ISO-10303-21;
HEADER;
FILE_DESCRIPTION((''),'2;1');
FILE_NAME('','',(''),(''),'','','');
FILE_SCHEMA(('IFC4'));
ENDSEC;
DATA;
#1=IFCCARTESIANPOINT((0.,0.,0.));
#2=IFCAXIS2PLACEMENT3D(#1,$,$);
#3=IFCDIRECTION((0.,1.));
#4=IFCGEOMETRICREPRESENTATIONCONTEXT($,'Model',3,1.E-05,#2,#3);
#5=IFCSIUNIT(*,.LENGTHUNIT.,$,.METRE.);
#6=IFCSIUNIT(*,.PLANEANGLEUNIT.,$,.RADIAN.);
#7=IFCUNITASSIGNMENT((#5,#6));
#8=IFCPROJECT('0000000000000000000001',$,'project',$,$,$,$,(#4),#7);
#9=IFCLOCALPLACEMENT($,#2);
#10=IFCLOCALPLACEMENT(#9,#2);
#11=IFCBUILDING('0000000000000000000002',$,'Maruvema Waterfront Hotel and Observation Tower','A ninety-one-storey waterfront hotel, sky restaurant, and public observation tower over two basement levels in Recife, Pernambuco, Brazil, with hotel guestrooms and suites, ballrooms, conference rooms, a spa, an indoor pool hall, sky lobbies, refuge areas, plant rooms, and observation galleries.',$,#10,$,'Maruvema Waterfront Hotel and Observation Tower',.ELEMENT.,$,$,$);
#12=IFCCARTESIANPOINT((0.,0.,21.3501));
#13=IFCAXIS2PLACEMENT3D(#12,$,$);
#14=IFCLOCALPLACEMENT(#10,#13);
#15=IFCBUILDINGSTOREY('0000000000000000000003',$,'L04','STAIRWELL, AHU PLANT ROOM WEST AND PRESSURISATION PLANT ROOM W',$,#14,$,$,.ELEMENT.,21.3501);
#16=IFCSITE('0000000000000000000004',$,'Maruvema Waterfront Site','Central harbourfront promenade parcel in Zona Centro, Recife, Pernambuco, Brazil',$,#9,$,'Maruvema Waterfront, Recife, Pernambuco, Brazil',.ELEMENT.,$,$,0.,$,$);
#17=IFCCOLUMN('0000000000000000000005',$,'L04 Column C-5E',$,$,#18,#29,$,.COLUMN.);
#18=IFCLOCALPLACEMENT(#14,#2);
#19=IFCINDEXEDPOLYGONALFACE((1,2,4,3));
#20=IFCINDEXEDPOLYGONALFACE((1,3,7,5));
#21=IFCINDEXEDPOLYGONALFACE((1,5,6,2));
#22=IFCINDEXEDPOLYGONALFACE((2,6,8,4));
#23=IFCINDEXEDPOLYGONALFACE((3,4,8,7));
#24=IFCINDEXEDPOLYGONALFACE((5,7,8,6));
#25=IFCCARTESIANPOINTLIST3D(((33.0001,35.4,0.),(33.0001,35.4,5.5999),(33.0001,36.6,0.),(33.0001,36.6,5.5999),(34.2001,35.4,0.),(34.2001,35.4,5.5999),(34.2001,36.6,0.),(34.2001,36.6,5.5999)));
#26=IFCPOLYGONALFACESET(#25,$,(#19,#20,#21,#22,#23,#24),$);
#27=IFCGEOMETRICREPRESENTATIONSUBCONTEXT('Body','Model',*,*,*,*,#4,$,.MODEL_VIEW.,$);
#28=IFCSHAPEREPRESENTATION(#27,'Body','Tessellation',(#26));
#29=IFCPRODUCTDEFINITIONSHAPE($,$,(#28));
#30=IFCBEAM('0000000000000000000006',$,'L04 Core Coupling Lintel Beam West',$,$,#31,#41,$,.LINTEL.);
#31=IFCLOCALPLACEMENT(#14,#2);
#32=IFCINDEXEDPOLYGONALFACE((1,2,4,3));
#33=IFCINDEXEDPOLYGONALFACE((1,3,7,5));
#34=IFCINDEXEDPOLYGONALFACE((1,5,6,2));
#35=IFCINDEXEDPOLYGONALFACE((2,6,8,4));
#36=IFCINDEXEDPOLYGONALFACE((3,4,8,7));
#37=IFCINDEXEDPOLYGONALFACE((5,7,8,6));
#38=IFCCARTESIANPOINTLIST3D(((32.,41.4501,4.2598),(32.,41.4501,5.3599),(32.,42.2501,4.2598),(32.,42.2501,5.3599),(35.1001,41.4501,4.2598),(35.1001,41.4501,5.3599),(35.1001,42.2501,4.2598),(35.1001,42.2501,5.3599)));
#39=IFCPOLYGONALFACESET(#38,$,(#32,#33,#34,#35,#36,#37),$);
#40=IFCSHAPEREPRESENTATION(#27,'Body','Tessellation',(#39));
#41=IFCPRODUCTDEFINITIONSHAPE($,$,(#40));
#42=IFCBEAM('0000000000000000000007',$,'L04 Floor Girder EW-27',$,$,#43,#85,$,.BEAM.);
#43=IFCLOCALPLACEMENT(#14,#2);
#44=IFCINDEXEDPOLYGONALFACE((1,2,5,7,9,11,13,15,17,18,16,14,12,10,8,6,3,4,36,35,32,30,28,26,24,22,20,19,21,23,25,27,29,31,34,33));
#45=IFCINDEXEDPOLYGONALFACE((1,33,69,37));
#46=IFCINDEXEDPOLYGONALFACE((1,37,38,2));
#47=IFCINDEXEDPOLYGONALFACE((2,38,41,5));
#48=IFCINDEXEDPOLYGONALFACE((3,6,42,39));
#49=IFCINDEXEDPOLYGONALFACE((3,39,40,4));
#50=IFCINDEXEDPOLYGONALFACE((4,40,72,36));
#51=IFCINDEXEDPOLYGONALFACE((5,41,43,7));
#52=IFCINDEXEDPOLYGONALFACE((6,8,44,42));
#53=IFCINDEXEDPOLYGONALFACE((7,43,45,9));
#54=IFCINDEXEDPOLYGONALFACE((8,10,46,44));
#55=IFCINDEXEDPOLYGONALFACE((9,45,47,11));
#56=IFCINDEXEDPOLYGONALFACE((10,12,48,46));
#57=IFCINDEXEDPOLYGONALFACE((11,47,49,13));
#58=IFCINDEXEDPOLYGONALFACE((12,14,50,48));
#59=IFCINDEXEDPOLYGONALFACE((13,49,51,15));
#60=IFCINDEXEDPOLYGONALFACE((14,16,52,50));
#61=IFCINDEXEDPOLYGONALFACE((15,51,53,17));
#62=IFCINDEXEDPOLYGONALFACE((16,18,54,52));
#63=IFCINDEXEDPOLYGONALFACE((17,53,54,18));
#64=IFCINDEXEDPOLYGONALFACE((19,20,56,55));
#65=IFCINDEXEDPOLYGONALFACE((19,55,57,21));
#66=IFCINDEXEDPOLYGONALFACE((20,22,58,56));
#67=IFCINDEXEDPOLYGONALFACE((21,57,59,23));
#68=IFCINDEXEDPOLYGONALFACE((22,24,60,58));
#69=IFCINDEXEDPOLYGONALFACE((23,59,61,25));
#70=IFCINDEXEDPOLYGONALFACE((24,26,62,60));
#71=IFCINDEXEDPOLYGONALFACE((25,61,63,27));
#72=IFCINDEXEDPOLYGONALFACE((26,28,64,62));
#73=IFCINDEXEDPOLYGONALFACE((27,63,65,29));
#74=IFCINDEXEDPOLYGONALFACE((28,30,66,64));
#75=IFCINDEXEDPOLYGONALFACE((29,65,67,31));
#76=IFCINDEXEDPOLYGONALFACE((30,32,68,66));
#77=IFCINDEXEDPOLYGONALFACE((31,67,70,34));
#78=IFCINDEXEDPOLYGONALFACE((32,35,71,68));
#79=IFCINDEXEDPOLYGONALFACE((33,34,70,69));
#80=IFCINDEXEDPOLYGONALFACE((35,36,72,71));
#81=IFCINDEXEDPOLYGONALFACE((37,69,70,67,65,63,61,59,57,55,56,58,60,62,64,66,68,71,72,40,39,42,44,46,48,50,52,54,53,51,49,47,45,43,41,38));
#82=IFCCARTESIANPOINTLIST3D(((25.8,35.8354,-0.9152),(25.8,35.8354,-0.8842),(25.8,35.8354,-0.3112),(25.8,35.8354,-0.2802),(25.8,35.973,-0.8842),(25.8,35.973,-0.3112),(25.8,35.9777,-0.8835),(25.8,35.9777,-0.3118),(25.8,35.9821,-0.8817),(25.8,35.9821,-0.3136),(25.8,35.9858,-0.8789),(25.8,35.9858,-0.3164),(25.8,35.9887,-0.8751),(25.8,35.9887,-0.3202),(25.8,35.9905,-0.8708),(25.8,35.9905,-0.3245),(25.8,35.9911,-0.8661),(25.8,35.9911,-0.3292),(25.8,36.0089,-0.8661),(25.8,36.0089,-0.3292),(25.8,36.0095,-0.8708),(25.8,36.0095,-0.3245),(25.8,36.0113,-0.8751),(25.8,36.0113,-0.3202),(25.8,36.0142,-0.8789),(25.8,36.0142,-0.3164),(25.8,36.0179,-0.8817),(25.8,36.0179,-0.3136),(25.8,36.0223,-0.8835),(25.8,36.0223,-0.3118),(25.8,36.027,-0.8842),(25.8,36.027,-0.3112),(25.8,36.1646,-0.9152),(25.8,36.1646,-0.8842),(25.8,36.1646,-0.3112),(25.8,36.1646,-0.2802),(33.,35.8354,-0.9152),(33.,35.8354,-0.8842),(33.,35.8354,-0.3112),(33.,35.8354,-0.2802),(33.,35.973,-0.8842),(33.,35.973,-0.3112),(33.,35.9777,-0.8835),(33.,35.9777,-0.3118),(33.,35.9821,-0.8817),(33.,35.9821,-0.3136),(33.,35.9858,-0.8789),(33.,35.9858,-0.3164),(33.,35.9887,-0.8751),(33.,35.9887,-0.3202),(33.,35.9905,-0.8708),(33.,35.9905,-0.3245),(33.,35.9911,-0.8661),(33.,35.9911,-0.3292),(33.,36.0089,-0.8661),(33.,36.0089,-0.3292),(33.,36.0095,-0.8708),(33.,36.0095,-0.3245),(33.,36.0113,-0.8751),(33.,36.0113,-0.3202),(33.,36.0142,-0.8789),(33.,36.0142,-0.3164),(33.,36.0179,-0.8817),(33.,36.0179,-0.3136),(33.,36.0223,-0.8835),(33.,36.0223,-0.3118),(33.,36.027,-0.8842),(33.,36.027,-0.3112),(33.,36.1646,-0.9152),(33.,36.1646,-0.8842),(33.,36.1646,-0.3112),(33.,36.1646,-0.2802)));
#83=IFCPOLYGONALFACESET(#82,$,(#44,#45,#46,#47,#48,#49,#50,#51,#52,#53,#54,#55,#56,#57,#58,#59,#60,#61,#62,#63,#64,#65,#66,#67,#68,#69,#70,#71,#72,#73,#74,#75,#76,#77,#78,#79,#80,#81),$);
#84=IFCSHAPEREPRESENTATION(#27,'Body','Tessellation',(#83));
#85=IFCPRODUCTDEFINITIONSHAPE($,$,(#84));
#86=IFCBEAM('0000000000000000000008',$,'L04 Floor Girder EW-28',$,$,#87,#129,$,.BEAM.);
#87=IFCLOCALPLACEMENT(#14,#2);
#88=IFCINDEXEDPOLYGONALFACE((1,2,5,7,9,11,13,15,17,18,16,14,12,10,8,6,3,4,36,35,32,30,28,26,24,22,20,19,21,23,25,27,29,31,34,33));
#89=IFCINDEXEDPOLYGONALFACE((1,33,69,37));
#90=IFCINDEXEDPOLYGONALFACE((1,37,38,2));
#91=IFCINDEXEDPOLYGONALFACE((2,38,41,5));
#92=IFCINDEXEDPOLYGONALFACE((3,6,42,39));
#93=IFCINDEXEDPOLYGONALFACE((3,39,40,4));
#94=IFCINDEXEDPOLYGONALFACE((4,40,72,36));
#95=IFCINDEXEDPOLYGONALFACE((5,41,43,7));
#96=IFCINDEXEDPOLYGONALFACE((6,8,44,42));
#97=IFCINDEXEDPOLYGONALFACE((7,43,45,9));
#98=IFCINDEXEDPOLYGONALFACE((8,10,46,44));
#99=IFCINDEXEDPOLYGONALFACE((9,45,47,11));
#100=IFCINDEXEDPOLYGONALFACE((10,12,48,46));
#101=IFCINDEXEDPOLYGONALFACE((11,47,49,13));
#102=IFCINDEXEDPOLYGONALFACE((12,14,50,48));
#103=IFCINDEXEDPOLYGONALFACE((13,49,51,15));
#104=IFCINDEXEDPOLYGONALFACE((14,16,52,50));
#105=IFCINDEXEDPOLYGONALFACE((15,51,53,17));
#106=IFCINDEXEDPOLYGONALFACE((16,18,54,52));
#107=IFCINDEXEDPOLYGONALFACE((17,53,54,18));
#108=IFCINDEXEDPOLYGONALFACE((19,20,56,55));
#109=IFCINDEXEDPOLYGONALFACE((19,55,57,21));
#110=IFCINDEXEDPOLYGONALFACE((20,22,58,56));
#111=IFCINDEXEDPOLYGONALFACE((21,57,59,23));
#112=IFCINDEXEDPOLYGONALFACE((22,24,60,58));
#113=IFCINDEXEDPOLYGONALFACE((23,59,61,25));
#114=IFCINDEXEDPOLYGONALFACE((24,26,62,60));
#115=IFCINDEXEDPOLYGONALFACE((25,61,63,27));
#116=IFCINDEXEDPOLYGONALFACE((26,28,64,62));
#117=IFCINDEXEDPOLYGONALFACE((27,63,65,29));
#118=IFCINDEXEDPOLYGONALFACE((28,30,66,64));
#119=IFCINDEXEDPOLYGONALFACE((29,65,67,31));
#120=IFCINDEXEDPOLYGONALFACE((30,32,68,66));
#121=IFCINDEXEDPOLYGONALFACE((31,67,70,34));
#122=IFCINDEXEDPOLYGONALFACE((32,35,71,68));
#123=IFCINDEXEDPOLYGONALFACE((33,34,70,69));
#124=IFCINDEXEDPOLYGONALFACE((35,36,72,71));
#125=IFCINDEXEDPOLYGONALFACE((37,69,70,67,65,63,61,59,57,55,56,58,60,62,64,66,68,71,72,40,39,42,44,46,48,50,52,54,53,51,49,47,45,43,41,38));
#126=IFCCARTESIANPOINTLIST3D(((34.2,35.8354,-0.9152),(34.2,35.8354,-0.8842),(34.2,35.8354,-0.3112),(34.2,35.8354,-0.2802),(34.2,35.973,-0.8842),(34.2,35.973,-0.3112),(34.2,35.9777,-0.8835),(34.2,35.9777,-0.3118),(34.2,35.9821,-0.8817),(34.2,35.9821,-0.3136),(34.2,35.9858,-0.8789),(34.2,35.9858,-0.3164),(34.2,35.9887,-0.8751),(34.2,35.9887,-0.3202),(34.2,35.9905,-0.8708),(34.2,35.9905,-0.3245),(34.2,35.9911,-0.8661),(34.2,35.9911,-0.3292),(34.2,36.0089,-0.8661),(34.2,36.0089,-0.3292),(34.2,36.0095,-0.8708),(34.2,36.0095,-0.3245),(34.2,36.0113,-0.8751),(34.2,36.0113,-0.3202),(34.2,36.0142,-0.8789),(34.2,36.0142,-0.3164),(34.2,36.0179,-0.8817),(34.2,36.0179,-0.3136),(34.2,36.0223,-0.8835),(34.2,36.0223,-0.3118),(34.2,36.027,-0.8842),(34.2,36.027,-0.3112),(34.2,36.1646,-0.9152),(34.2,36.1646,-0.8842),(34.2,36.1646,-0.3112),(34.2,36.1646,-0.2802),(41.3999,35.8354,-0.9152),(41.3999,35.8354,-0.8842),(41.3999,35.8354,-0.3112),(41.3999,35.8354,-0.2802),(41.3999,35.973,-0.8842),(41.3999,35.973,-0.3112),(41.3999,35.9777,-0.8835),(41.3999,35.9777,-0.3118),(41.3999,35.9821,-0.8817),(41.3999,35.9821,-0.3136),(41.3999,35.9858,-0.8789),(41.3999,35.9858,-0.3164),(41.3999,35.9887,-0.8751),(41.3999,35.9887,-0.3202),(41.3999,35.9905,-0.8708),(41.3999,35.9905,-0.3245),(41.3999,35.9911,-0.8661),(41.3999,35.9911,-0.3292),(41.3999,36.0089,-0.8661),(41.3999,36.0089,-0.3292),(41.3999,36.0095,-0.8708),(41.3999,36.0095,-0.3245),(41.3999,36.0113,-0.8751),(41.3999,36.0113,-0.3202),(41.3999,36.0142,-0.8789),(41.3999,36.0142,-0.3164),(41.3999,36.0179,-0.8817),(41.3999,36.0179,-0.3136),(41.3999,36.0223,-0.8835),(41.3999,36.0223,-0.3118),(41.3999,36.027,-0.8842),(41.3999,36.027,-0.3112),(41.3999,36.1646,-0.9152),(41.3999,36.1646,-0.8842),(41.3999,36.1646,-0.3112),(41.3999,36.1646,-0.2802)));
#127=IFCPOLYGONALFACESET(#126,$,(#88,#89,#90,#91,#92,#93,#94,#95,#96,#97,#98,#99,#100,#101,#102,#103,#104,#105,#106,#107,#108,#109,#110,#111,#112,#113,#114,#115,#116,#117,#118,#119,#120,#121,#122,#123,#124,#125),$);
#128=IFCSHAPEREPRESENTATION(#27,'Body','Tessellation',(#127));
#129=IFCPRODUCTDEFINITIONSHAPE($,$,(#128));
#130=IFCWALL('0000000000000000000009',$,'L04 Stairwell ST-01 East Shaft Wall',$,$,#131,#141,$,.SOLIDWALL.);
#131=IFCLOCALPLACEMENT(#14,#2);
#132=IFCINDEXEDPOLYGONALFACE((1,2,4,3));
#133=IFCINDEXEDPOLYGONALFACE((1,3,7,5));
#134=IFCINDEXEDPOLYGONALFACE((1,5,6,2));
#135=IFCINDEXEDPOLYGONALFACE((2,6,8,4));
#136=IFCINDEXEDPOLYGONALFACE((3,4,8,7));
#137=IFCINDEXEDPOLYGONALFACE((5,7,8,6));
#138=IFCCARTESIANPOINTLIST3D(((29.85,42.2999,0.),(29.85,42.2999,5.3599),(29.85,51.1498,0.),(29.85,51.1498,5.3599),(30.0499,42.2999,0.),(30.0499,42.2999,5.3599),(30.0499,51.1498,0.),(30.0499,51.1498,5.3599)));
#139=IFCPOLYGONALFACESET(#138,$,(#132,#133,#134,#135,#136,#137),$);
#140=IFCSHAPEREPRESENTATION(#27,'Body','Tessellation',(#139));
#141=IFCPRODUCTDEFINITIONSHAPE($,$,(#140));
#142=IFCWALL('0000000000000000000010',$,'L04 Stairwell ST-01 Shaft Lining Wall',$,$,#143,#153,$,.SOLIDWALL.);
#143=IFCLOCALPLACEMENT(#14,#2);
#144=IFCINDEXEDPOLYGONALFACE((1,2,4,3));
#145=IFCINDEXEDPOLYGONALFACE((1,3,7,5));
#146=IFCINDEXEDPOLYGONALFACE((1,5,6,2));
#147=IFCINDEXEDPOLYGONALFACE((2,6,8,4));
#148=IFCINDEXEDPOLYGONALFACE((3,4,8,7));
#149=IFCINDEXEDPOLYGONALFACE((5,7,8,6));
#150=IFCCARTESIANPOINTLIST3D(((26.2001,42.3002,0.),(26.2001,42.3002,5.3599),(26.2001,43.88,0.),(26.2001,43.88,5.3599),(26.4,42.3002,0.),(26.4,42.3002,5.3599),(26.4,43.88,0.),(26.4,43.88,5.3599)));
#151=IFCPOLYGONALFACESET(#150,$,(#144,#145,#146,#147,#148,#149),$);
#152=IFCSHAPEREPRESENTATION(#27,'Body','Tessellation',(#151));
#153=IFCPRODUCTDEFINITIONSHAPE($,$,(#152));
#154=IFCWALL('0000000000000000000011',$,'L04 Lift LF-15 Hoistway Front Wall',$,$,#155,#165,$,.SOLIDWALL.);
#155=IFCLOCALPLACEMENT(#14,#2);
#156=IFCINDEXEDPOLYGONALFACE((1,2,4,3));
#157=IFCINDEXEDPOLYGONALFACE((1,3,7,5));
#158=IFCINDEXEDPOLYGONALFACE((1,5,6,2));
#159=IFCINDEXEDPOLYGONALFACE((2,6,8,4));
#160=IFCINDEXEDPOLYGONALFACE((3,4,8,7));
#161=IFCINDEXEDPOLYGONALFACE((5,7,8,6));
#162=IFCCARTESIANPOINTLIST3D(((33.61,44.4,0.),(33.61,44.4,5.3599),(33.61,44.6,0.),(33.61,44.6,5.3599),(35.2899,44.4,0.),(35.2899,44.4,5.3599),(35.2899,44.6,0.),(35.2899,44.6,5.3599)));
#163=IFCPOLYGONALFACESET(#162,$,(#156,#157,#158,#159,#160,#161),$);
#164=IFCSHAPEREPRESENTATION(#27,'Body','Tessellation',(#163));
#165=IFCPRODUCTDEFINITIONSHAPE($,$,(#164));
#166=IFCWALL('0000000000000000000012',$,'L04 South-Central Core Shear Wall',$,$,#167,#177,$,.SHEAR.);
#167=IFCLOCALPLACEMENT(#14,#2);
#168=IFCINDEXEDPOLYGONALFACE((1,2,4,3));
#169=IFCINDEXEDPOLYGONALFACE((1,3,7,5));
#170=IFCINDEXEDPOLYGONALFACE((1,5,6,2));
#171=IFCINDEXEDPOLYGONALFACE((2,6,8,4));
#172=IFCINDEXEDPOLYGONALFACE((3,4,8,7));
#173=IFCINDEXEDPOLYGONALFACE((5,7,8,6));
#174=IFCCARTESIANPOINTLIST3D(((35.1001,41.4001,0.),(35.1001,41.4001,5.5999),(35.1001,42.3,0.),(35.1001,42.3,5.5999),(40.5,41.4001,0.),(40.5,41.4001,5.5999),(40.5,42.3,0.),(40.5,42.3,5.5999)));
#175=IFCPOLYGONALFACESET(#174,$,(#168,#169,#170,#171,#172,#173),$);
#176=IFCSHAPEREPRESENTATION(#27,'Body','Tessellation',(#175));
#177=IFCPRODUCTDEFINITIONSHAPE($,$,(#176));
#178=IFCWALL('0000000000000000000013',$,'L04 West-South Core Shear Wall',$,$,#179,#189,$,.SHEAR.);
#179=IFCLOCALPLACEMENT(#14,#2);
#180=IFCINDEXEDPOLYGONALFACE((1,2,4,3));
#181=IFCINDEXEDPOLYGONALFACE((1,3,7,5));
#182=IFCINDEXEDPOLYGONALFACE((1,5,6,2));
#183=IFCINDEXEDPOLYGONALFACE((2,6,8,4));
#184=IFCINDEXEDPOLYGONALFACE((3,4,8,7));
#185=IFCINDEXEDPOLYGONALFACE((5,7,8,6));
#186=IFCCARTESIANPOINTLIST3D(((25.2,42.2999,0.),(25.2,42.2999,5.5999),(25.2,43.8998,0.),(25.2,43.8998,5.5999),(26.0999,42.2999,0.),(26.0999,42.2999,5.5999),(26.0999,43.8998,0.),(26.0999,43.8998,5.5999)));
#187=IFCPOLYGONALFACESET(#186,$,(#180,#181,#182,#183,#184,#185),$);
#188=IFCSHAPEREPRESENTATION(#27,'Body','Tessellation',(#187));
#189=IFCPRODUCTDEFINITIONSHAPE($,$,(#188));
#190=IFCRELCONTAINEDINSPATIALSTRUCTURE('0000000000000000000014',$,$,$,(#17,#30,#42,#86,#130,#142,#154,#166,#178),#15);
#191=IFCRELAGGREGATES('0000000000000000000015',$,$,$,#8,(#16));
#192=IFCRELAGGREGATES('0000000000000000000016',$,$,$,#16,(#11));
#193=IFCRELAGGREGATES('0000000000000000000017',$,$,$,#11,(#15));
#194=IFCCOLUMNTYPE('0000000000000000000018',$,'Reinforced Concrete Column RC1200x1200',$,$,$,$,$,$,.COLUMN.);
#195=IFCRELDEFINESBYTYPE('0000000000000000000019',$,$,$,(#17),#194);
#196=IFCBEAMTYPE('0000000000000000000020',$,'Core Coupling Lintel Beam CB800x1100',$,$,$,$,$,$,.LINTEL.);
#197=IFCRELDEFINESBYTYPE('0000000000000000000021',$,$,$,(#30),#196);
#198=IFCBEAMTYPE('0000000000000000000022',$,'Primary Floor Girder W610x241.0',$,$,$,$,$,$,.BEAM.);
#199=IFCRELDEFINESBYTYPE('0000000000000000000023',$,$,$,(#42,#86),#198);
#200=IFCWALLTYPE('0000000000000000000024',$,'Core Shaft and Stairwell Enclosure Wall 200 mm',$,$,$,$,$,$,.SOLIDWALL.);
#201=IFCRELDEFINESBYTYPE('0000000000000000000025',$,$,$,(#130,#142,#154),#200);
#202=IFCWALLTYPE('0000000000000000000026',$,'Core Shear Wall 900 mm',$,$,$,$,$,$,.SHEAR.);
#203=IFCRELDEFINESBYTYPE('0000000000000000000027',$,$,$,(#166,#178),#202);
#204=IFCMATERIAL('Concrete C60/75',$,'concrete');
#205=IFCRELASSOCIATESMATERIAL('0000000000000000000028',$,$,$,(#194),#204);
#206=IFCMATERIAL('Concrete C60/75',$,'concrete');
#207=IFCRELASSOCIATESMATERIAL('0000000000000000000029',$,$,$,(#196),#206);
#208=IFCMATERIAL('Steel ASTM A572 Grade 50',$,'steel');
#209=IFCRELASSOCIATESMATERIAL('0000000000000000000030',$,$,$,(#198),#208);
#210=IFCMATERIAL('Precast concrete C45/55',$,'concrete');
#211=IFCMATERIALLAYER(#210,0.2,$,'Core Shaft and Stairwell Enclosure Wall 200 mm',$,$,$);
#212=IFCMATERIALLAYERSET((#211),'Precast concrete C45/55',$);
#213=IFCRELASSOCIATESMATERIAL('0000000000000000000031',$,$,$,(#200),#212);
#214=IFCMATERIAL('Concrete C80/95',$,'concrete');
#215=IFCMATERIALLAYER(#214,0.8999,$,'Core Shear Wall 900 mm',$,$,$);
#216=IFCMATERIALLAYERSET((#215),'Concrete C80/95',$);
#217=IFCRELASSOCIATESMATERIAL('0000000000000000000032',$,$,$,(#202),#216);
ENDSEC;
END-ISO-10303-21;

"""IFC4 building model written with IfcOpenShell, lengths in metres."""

from ifc_helpers import new_model, si_unit, direction, frame, frame_2d, origin, origin_2d, place, context, subcontext, project, spatial, rectangle, i_section, extrude, material, layer, layer_set, material_profile, profile_set, type_object, element, save


model = new_model("IFC4")

# Units and contexts
model_context = context("Model", 3, precision=1e-05, world=origin(), true_north=direction((0.0, 1.0)))
body_context = subcontext(model_context, "Body", "Model", "MODEL_VIEW")
ifc_project = project(units=[si_unit("LENGTHUNIT", "METRE"), si_unit("PLANEANGLEUNIT", "RADIAN")], contexts=[model_context])

# Site, building, storey
site_placement = place(None, origin())
site = spatial("IfcSite", under=ifc_project, at=site_placement, Name="Maruvema Waterfront Site", Description="Central harbourfront promenade parcel in Zona Centro, Recife, Pernambuco, Brazil", LongName="Maruvema Waterfront, Recife, Pernambuco, Brazil", CompositionType="ELEMENT", RefElevation=0.0)
building_placement = place(site_placement, origin())
building = spatial("IfcBuilding", under=site, at=building_placement, Name="Maruvema Waterfront Hotel and Observation Tower", Description="A ninety-one-storey waterfront hotel, sky restaurant, and public observation tower over two basement levels in Recife, Pernambuco, Brazil, with hotel guestrooms and suites, ballrooms, conference rooms, a spa, an indoor pool hall, sky lobbies, refuge areas, plant rooms, and observation galleries.", LongName="Maruvema Waterfront Hotel and Observation Tower", CompositionType="ELEMENT")
storey_placement = place(building_placement, frame((0.0, 0.0, 21.3501)))
storey = spatial("IfcBuildingStorey", under=building, at=storey_placement, Name="L04", Description="STAIRWELL, AHU PLANT ROOM WEST AND PRESSURISATION PLANT ROOM W", CompositionType="ELEMENT", Elevation=21.3501)

# Column
ifc_material_1 = material(Name="Concrete C60/75", Category="concrete")
ifc_material_profile_1 = material_profile(ifc_material_1, rectangle(XDim=1.2, YDim=1.2, at=origin_2d()), Name="RC1200x1200")
ifc_profile_set_1 = profile_set([ifc_material_profile_1], Name="Concrete C60/75")
column_type = type_object("IfcColumnType", Name="Reinforced Concrete Column RC1200x1200", PredefinedType="COLUMN", material=ifc_profile_set_1)
column_placement = place(storey_placement, frame((33.6001, 36.0, 0.0), z_axis=(0.0, 0.0, 1.0), x_axis=(1.0, 0.0, 0.0)))
element("IfcColumn", 1, at=column_placement, inside=storey, type_object=column_type, Name="L04 Column C-5E", PredefinedType="COLUMN", context=body_context, shape_type="SweptSolid", body=[
    extrude(rectangle(XDim=1.2, YDim=1.2, at=origin_2d()), origin(), (0.0, 0.0, 1.0), 5.5999),
])

# Beams
ifc_material_2 = material(Name="Concrete C60/75", Category="concrete")
ifc_material_profile_2 = material_profile(ifc_material_2, rectangle(XDim=0.8, YDim=1.1001, at=origin_2d()), Name="CB800x1100")
ifc_profile_set_2 = profile_set([ifc_material_profile_2], Name="Concrete C60/75")
beam_type_1 = type_object("IfcBeamType", Name="Core Coupling Lintel Beam CB800x1100", PredefinedType="LINTEL", material=ifc_profile_set_2)
beam_placement = place(storey_placement, frame((32.0, 41.8501, 4.8098), z_axis=(1.0, 0.0, 0.0), x_axis=(0.0, 1.0, 0.0)))
element("IfcBeam", 2, at=beam_placement, inside=storey, type_object=beam_type_1, Name="L04 Core Coupling Lintel Beam West", PredefinedType="LINTEL", context=body_context, shape_type="SweptSolid", body=[
    extrude(rectangle(XDim=0.8, YDim=1.1001, at=origin_2d()), origin(), (0.0, 0.0, 1.0), 3.1001),
])
ifc_material_3 = material(Name="Steel ASTM A572 Grade 50", Category="steel")
ifc_material_profile_3 = material_profile(ifc_material_3, i_section(OverallWidth=0.3291, OverallDepth=0.635, WebThickness=0.0178, FlangeThickness=0.031, FilletRadius=0.0181, at=origin_2d()), Name="W610x241.0")
ifc_profile_set_3 = profile_set([ifc_material_profile_3], Name="Steel ASTM A572 Grade 50")
beam_type_2 = type_object("IfcBeamType", Name="Primary Floor Girder W610x241.0", PredefinedType="BEAM", material=ifc_profile_set_3)
for number, where, z_axis, x_axis, name in (
    (3, (25.8, 36.0, -0.5977), (1.0, 0.0, 0.0), (0.0, 1.0, 0.0), "L04 Floor Girder EW-27"),
    (4, (34.2, 36.0, -0.5977), (1.0, 0.0, 0.0), (0.0, 1.0, 0.0), "L04 Floor Girder EW-28"),
):
    element("IfcBeam", number, at=place(storey_placement, frame(where, z_axis=z_axis, x_axis=x_axis)), inside=storey, type_object=beam_type_2, Name=name, PredefinedType="BEAM", context=body_context, shape_type="SweptSolid", body=[
        extrude(i_section(OverallWidth=0.3291, OverallDepth=0.635, WebThickness=0.0178, FlangeThickness=0.031, FilletRadius=0.0181, at=origin_2d()), origin(), (0.0, 0.0, 1.0), 7.2),
    ])

# Walls
ifc_material_4 = material(Name="Precast concrete C45/55", Category="concrete")
ifc_layer_1 = layer(ifc_material_4, 0.2, Name="Core Shaft and Stairwell Enclosure Wall 200 mm")
ifc_layer_set_1 = layer_set([ifc_layer_1], Name="Precast concrete C45/55")
wall_type_1 = type_object("IfcWallType", Name="Core Shaft and Stairwell Enclosure Wall 200 mm", PredefinedType="SOLIDWALL", material=ifc_layer_set_1)
wall_1_placement = place(storey_placement, frame((29.95, 42.3, 0.0), z_axis=(0.0, 0.0, 1.0), x_axis=(0.0, 1.0, 0.0)))
element("IfcWall", 5, at=wall_1_placement, inside=storey, type_object=wall_type_1, Name="L04 Stairwell ST-01 East Shaft Wall", PredefinedType="SOLIDWALL", context=body_context, shape_type="SweptSolid", body=[
    extrude(rectangle(XDim=8.8499, YDim=0.2, at=frame_2d((4.4248, 0.0))), origin(), (0.0, 0.0, 1.0), 5.3599),
])
wall_2_placement = place(storey_placement, frame((26.3, 42.3, 0.0), z_axis=(0.0, 0.0, 1.0), x_axis=(0.0, 1.0, 0.0)))
element("IfcWall", 6, at=wall_2_placement, inside=storey, type_object=wall_type_1, Name="L04 Stairwell ST-01 Shaft Lining Wall", PredefinedType="SOLIDWALL", context=body_context, shape_type="SweptSolid", body=[
    extrude(rectangle(XDim=1.5798, YDim=0.2, at=frame_2d((0.79, 0.0))), origin(), (0.0, 0.0, 1.0), 5.3599),
])
wall_3_placement = place(storey_placement, frame((33.6101, 44.5, 0.0), z_axis=(0.0, 0.0, 1.0), x_axis=(1.0, 0.0, 0.0)))
element("IfcWall", 7, at=wall_3_placement, inside=storey, type_object=wall_type_1, Name="L04 Lift LF-15 Hoistway Front Wall", PredefinedType="SOLIDWALL", context=body_context, shape_type="SweptSolid", body=[
    extrude(rectangle(XDim=1.6799, YDim=0.2, at=frame_2d((0.8398, 0.0))), origin(), (0.0, 0.0, 1.0), 5.3599),
])
ifc_material_5 = material(Name="Concrete C80/95", Category="concrete")
ifc_layer_2 = layer(ifc_material_5, 0.8999, Name="Core Shear Wall 900 mm")
ifc_layer_set_2 = layer_set([ifc_layer_2], Name="Concrete C80/95")
wall_type_2 = type_object("IfcWallType", Name="Core Shear Wall 900 mm", PredefinedType="SHEAR", material=ifc_layer_set_2)
wall_4_placement = place(storey_placement, frame((35.1001, 41.8501, 0.0), z_axis=(0.0, 0.0, 1.0), x_axis=(1.0, 0.0, 0.0)))
element("IfcWall", 8, at=wall_4_placement, inside=storey, type_object=wall_type_2, Name="L04 South-Central Core Shear Wall", PredefinedType="SHEAR", context=body_context, shape_type="SweptSolid", body=[
    extrude(rectangle(XDim=5.3999, YDim=0.8999, at=frame_2d((2.7, 0.0))), origin(), (0.0, 0.0, 1.0), 5.5999),
])
wall_5_placement = place(storey_placement, frame((25.6499, 42.3, 0.0), z_axis=(0.0, 0.0, 1.0), x_axis=(0.0, 1.0, 0.0)))
element("IfcWall", 9, at=wall_5_placement, inside=storey, type_object=wall_type_2, Name="L04 West-South Core Shear Wall", PredefinedType="SHEAR", context=body_context, shape_type="SweptSolid", body=[
    extrude(rectangle(XDim=1.5999, YDim=0.8999, at=frame_2d((0.7998, 0.0))), origin(), (0.0, 0.0, 1.0), 5.5999),
])

save(model, "model.ifc")
